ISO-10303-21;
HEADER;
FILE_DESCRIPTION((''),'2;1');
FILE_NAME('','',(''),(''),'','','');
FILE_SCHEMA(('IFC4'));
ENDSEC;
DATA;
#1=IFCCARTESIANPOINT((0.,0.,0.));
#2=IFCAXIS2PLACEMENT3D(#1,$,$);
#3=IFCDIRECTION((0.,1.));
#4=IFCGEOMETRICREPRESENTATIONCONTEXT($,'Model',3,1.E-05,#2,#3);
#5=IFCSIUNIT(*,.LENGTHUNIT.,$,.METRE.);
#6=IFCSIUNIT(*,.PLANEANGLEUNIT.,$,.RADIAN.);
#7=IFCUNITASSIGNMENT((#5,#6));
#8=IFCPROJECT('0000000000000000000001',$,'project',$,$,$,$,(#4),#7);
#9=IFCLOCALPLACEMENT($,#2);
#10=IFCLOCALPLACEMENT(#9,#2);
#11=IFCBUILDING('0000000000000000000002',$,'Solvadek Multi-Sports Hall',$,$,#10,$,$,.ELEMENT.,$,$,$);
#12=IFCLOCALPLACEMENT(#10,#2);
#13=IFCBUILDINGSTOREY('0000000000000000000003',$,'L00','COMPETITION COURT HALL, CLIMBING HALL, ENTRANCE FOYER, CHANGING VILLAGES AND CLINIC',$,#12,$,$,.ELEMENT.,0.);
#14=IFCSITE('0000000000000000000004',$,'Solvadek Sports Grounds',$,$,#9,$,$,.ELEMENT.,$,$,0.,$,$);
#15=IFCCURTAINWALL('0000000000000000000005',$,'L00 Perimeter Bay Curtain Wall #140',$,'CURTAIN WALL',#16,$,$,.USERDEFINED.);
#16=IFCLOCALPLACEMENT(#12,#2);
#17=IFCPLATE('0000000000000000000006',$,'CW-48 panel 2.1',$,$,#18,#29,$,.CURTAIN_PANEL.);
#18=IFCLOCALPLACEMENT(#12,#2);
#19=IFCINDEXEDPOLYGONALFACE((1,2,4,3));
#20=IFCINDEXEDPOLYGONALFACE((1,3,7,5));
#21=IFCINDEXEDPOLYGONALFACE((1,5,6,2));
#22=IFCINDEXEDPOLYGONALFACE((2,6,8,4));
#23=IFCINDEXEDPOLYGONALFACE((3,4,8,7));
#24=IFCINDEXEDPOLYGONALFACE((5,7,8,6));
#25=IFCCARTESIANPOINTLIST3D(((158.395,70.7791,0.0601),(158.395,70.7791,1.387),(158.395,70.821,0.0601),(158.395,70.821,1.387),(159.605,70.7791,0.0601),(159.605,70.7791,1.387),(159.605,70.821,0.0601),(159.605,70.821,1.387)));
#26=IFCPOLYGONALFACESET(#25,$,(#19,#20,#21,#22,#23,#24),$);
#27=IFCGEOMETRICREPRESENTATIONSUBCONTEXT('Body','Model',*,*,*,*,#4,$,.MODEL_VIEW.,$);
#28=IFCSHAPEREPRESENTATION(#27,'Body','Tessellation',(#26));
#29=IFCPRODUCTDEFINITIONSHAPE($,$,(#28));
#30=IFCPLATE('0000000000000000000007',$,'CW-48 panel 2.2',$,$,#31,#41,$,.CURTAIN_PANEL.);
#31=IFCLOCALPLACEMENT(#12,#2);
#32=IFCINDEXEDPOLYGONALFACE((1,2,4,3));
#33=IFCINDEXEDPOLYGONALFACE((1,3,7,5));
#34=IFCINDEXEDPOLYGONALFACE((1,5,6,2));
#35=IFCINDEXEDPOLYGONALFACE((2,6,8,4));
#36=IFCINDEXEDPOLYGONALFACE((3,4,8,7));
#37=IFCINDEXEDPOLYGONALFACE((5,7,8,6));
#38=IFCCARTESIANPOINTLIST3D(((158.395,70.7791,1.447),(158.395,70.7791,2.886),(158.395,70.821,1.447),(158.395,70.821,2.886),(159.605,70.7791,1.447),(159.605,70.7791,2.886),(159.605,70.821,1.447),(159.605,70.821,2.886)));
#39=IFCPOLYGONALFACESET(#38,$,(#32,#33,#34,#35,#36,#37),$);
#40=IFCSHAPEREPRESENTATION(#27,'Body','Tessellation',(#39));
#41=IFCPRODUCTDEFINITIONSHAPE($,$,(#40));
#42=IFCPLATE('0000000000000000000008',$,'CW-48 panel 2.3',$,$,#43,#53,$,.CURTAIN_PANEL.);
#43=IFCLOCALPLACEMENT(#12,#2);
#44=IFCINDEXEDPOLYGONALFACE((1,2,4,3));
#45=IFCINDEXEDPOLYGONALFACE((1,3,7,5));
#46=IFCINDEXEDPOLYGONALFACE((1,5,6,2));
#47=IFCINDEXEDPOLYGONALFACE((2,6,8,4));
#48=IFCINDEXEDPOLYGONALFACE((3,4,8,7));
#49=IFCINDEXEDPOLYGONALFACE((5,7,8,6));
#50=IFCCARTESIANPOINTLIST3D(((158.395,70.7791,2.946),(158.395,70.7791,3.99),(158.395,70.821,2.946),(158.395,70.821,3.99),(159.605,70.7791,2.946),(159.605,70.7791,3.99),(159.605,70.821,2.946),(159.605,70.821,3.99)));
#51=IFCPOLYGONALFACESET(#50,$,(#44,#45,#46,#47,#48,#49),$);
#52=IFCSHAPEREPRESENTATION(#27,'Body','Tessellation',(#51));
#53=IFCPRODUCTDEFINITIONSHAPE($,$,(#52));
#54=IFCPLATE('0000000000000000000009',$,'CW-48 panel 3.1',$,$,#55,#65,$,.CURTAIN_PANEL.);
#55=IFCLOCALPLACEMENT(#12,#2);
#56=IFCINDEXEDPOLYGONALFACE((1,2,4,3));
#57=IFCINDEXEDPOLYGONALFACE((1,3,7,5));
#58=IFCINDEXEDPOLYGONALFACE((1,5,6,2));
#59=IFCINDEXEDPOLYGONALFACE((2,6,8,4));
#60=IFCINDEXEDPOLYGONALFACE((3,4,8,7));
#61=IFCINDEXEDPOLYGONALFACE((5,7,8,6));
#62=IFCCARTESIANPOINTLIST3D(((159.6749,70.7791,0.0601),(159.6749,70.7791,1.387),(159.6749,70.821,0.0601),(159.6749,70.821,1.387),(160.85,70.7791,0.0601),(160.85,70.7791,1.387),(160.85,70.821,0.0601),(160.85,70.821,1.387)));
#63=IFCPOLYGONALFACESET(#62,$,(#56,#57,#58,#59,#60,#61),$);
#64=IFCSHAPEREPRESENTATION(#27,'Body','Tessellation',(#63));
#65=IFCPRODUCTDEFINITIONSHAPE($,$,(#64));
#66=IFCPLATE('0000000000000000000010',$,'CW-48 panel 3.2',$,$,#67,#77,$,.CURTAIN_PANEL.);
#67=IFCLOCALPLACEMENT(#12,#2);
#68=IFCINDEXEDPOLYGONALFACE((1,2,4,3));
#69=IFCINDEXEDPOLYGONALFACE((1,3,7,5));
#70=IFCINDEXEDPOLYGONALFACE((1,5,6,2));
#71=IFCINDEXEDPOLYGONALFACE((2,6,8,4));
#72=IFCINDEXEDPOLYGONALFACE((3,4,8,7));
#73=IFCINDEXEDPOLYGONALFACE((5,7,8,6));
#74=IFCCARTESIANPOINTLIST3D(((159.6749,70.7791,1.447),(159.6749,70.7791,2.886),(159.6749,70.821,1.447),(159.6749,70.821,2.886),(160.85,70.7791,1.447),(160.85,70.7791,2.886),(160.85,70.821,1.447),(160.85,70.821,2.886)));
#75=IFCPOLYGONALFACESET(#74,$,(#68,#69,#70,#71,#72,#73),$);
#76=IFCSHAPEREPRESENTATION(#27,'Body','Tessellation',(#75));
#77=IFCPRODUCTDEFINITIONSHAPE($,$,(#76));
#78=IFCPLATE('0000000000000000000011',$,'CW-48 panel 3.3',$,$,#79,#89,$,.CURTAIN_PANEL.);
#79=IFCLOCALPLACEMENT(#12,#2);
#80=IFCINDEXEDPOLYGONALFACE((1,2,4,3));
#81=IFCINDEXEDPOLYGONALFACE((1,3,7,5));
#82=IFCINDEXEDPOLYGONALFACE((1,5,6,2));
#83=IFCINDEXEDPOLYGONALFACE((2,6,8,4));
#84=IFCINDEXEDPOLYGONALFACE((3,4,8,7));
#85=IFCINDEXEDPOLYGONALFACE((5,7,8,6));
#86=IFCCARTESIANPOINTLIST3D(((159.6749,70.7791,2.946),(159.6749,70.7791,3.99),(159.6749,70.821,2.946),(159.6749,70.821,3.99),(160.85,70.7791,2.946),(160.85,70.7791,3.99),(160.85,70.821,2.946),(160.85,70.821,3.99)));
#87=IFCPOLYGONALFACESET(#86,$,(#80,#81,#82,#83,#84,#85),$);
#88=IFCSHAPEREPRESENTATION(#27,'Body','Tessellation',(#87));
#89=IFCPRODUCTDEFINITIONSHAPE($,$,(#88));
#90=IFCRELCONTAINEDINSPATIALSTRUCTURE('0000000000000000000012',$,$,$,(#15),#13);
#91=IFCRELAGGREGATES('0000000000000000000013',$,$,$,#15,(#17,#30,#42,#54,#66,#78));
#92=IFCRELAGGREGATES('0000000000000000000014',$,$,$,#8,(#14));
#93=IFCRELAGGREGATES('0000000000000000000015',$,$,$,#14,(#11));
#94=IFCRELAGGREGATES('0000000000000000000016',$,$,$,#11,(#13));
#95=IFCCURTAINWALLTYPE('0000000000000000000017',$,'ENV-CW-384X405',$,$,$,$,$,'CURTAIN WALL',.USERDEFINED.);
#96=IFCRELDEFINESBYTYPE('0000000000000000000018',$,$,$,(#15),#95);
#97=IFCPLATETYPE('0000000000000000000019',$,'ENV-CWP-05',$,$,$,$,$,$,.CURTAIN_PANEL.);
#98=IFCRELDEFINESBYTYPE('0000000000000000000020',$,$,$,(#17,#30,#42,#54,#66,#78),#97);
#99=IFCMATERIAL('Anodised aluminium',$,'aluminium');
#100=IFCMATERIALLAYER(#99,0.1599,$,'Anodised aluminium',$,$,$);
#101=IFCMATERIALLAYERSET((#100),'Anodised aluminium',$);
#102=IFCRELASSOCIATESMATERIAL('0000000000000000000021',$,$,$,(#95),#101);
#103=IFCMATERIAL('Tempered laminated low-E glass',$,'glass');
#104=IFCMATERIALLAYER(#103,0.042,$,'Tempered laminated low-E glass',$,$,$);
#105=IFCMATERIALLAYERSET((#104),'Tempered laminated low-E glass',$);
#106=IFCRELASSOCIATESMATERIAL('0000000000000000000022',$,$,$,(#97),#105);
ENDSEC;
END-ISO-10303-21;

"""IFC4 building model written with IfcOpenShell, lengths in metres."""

from ifc_helpers import new_model, si_unit, direction, frame, origin, origin_2d, place, context, subcontext, project, spatial, rectangle, extrude, material, layer, layer_set, type_object, element, aggregate, save


model = new_model("IFC4")

# Units and contexts
model_context = context("Model", 3, precision=1e-05, world=origin(), true_north=direction((0.0, 1.0)))
body_context = subcontext(model_context, "Body", "Model", "MODEL_VIEW")
ifc_project = project(units=[si_unit("LENGTHUNIT", "METRE"), si_unit("PLANEANGLEUNIT", "RADIAN")], contexts=[model_context])

# Site, building, storey
site_placement = place(None, origin())
site = spatial("IfcSite", under=ifc_project, at=site_placement, Name="Solvadek Sports Grounds", CompositionType="ELEMENT", RefElevation=0.0)
building_placement = place(site_placement, origin())
building = spatial("IfcBuilding", under=site, at=building_placement, Name="Solvadek Multi-Sports Hall", CompositionType="ELEMENT")
storey_placement = place(building_placement, origin())
storey = spatial("IfcBuildingStorey", under=building, at=storey_placement, Name="L00", Description="COMPETITION COURT HALL, CLIMBING HALL, ENTRANCE FOYER, CHANGING VILLAGES AND CLINIC", CompositionType="ELEMENT", Elevation=0.0)

# Curtain wall
ifc_material_1 = material(Name="Anodised aluminium", Category="aluminium")
ifc_layer_1 = layer(ifc_material_1, 0.1599, Name="Anodised aluminium")
ifc_layer_set_1 = layer_set([ifc_layer_1], Name="Anodised aluminium")
curtain_wall_type_1 = type_object("IfcCurtainWallType", Name="ENV-CW-384X405", ElementType="CURTAIN WALL", PredefinedType="USERDEFINED", material=ifc_layer_set_1)
curtain_wall_1_placement = place(storey_placement, origin())
curtain_wall_1 = element("IfcCurtainWall", 1, at=curtain_wall_1_placement, inside=storey, type_object=curtain_wall_type_1, Name="L00 Perimeter Bay Curtain Wall #140", ObjectType="CURTAIN WALL", PredefinedType="USERDEFINED")

# Plates
ifc_material_2 = material(Name="Tempered laminated low-E glass", Category="glass")
ifc_layer_2 = layer(ifc_material_2, 0.042, Name="Tempered laminated low-E glass")
ifc_layer_set_2 = layer_set([ifc_layer_2], Name="Tempered laminated low-E glass")
plate_type_1 = type_object("IfcPlateType", Name="ENV-CWP-05", PredefinedType="CURTAIN_PANEL", material=ifc_layer_set_2)
plate_1_placement = place(storey_placement, frame((159.0, 70.8, 0.0601), z_axis=(0.0, 0.0, 1.0), x_axis=(1.0, 0.0, 0.0)))
plate_1 = element("IfcPlate", 2, at=plate_1_placement, type_object=plate_type_1, Name="CW-48 panel 2.1", PredefinedType="CURTAIN_PANEL", context=body_context, shape_type="SweptSolid", body=[
    extrude(rectangle(XDim=1.21, YDim=0.042, at=origin_2d()), origin(), (0.0, 0.0, 1.0), 1.3269),
])
plate_2_placement = place(storey_placement, frame((159.0, 70.8, 1.447), z_axis=(0.0, 0.0, 1.0), x_axis=(1.0, 0.0, 0.0)))
plate_2 = element("IfcPlate", 3, at=plate_2_placement, type_object=plate_type_1, Name="CW-48 panel 2.2", PredefinedType="CURTAIN_PANEL", context=body_context, shape_type="SweptSolid", body=[
    extrude(rectangle(XDim=1.21, YDim=0.042, at=origin_2d()), origin(), (0.0, 0.0, 1.0), 1.439),
])
plate_3_placement = place(storey_placement, frame((159.0, 70.8, 2.946), z_axis=(0.0, 0.0, 1.0), x_axis=(1.0, 0.0, 0.0)))
plate_3 = element("IfcPlate", 4, at=plate_3_placement, type_object=plate_type_1, Name="CW-48 panel 2.3", PredefinedType="CURTAIN_PANEL", context=body_context, shape_type="SweptSolid", body=[
    extrude(rectangle(XDim=1.21, YDim=0.042, at=origin_2d()), origin(), (0.0, 0.0, 1.0), 1.0439),
])
plate_4_placement = place(storey_placement, frame((160.2625, 70.8, 0.0601), z_axis=(0.0, 0.0, 1.0), x_axis=(1.0, 0.0, 0.0)))
plate_4 = element("IfcPlate", 5, at=plate_4_placement, type_object=plate_type_1, Name="CW-48 panel 3.1", PredefinedType="CURTAIN_PANEL", context=body_context, shape_type="SweptSolid", body=[
    extrude(rectangle(XDim=1.175, YDim=0.042, at=origin_2d()), origin(), (0.0, 0.0, 1.0), 1.3269),
])
plate_5_placement = place(storey_placement, frame((160.2625, 70.8, 1.447), z_axis=(0.0, 0.0, 1.0), x_axis=(1.0, 0.0, 0.0)))
plate_5 = element("IfcPlate", 6, at=plate_5_placement, type_object=plate_type_1, Name="CW-48 panel 3.2", PredefinedType="CURTAIN_PANEL", context=body_context, shape_type="SweptSolid", body=[
    extrude(rectangle(XDim=1.175, YDim=0.042, at=origin_2d()), origin(), (0.0, 0.0, 1.0), 1.439),
])
plate_6_placement = place(storey_placement, frame((160.2625, 70.8, 2.946), z_axis=(0.0, 0.0, 1.0), x_axis=(1.0, 0.0, 0.0)))
plate_6 = element("IfcPlate", 7, at=plate_6_placement, type_object=plate_type_1, Name="CW-48 panel 3.3", PredefinedType="CURTAIN_PANEL", context=body_context, shape_type="SweptSolid", body=[
    extrude(rectangle(XDim=1.175, YDim=0.042, at=origin_2d()), origin(), (0.0, 0.0, 1.0), 1.0439),
])
aggregate(curtain_wall_1, [plate_1, plate_2, plate_3, plate_4, plate_5, plate_6])

save(model, "model.ifc")
